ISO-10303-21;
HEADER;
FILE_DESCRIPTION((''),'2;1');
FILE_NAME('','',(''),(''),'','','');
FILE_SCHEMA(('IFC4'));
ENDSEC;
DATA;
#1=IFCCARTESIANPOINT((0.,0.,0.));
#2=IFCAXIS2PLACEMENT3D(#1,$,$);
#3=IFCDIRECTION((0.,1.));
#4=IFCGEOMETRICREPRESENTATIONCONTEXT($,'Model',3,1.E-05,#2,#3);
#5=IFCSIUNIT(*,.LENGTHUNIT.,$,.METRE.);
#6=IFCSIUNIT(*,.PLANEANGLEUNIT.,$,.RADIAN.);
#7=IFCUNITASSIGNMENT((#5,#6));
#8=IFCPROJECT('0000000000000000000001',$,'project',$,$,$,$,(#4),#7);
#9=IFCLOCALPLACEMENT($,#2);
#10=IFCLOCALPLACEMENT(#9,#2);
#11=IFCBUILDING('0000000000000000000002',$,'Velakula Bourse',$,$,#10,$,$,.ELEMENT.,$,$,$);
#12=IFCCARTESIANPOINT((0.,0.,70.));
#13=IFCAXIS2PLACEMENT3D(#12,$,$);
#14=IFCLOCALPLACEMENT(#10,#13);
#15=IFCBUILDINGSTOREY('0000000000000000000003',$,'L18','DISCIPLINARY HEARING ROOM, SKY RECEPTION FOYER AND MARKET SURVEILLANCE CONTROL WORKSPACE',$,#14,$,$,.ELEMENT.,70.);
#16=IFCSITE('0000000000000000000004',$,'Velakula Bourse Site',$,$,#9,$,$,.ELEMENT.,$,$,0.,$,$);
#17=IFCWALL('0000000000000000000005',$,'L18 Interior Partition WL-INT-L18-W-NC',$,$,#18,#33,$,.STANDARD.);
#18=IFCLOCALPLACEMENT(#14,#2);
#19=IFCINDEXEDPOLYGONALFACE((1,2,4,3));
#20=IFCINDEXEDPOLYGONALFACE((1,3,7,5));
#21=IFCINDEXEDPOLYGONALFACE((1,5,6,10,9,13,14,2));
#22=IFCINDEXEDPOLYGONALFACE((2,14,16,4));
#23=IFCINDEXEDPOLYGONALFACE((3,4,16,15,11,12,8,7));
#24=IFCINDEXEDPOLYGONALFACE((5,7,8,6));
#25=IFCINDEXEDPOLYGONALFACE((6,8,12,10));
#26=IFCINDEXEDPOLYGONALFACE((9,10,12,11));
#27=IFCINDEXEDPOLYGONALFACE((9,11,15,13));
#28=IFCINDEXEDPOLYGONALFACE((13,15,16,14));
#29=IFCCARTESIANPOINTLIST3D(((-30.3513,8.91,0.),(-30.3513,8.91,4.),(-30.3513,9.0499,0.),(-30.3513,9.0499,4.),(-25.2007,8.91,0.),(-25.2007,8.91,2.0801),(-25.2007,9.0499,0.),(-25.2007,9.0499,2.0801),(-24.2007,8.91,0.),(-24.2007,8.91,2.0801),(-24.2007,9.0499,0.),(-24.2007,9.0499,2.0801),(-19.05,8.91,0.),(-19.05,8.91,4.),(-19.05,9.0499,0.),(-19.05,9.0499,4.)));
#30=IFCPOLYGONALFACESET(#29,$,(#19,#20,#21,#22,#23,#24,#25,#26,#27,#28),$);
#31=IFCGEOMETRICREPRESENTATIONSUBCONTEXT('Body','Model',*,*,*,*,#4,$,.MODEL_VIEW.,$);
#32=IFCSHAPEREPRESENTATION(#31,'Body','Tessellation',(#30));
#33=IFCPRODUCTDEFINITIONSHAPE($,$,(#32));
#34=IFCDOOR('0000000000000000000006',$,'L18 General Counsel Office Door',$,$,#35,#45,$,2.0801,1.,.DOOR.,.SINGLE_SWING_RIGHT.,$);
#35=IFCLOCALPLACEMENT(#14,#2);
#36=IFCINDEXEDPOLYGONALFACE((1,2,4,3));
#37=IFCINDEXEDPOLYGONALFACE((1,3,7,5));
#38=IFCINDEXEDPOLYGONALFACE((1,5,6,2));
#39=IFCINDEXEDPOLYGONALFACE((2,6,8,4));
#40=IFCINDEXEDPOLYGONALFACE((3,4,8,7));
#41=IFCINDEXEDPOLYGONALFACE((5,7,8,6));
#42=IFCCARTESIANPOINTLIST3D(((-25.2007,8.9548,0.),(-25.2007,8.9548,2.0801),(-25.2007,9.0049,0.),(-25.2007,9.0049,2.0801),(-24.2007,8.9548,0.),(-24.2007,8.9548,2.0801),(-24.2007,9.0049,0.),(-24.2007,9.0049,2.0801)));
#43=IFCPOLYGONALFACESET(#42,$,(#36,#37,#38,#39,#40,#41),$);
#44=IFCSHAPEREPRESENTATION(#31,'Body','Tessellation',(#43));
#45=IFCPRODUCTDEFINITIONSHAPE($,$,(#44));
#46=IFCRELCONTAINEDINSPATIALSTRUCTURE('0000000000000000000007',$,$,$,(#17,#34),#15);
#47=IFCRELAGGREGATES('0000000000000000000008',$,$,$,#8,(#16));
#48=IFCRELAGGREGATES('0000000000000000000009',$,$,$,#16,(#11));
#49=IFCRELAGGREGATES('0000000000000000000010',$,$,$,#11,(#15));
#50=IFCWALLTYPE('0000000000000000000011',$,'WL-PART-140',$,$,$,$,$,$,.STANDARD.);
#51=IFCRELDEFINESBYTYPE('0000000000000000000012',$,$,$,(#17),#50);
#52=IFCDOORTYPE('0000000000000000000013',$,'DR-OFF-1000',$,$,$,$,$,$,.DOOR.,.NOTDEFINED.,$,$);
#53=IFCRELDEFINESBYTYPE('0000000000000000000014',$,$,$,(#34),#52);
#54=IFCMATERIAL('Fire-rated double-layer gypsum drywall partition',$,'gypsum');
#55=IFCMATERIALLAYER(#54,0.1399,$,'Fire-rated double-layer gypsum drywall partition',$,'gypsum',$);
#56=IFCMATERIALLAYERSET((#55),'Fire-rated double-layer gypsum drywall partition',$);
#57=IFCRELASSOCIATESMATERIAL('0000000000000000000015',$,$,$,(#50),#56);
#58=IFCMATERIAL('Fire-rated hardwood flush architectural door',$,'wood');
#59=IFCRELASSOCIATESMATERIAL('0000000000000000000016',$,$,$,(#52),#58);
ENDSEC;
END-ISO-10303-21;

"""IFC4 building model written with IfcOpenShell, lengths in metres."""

from ifc_helpers import new_model, si_unit, direction, frame, frame_2d, origin, place, context, subcontext, project, spatial, rectangle, extrude, material, layer, layer_set, type_object, element, fill, save


model = new_model("IFC4")

# Units and contexts
model_context = context("Model", 3, precision=1e-05, world=origin(), true_north=direction((0.0, 1.0)))
body_context = subcontext(model_context, "Body", "Model", "MODEL_VIEW")
ifc_project = project(units=[si_unit("LENGTHUNIT", "METRE"), si_unit("PLANEANGLEUNIT", "RADIAN")], contexts=[model_context])

# Site, building, storey
site_placement = place(None, origin())
site = spatial("IfcSite", under=ifc_project, at=site_placement, Name="Velakula Bourse Site", CompositionType="ELEMENT", RefElevation=0.0)
building_placement = place(site_placement, origin())
building = spatial("IfcBuilding", under=site, at=building_placement, Name="Velakula Bourse", CompositionType="ELEMENT")
storey_placement = place(building_placement, frame((0.0, 0.0, 70.0)))
storey = spatial("IfcBuildingStorey", under=building, at=storey_placement, Name="L18", Description="DISCIPLINARY HEARING ROOM, SKY RECEPTION FOYER AND MARKET SURVEILLANCE CONTROL WORKSPACE", CompositionType="ELEMENT", Elevation=70.0)

# Shared definitions
ifc_material_1 = material(Name="Fire-rated hardwood flush architectural door", Category="wood")

# Shared definitions
ifc_material_2 = material(Name="Fire-rated double-layer gypsum drywall partition", Category="gypsum")

# Shared definitions
ifc_layer_1 = layer(ifc_material_2, 0.1399, Name="Fire-rated double-layer gypsum drywall partition", Category="gypsum")
ifc_layer_set_1 = layer_set([ifc_layer_1], Name="Fire-rated double-layer gypsum drywall partition")
wall_type_1 = type_object("IfcWallType", Name="WL-PART-140", PredefinedType="STANDARD", material=ifc_layer_set_1)
door_type_1 = type_object("IfcDoorType", Name="DR-OFF-1000", OperationType="NOTDEFINED", PredefinedType="DOOR", material=ifc_material_1)

# Wall, opening, door
wall_1_placement = place(storey_placement, frame((-30.3513, 8.98, 0.0), z_axis=(0.0, 0.0, 1.0), x_axis=(1.0, 0.0, 0.0)))
wall_1 = element("IfcWall", 1, at=wall_1_placement, inside=storey, type_object=wall_type_1, Name="L18 Interior Partition WL-INT-L18-W-NC", PredefinedType="STANDARD", context=body_context, shape_type="SweptSolid", body=[
    extrude(rectangle(XDim=11.3013, YDim=0.1399, at=frame_2d((5.6506, 0.0))), origin(), (0.0, 0.0, 1.0), 4.0),
])
opening_1_placement = place(wall_1_placement, frame((5.1506, 0.0, 0.0)))
opening_1 = element("IfcOpeningElement", 2, at=opening_1_placement, cuts=wall_1, PredefinedType="OPENING", context=body_context, shape_type="SweptSolid", body=[
    extrude(rectangle(XDim=1.0, YDim=2.0801, at=frame_2d((0.5, 1.04))), frame((0.0, 0.0798, 0.0), z_axis=(0.0, -1.0, 0.0), x_axis=(1.0, 0.0, 0.0)), (0.0, 0.0, 1.0), 0.1599),
])
door_1_placement = place(opening_1_placement, origin())
door_1 = element("IfcDoor", 3, at=door_1_placement, inside=storey, type_object=door_type_1, Name="L18 General Counsel Office Door", OperationType="SINGLE_SWING_RIGHT", OverallHeight=2.0801, OverallWidth=1.0, PredefinedType="DOOR", context=body_context, shape_type="SweptSolid", body=[
    extrude(rectangle(XDim=1.0, YDim=2.0801, at=frame_2d((0.5, 1.04))), frame((0.0, 0.0249, 0.0), z_axis=(0.0, -1.0, 0.0), x_axis=(1.0, 0.0, 0.0)), (0.0, 0.0, 1.0), 0.05),
])
fill(opening_1, door_1)

save(model, "model.ifc")
